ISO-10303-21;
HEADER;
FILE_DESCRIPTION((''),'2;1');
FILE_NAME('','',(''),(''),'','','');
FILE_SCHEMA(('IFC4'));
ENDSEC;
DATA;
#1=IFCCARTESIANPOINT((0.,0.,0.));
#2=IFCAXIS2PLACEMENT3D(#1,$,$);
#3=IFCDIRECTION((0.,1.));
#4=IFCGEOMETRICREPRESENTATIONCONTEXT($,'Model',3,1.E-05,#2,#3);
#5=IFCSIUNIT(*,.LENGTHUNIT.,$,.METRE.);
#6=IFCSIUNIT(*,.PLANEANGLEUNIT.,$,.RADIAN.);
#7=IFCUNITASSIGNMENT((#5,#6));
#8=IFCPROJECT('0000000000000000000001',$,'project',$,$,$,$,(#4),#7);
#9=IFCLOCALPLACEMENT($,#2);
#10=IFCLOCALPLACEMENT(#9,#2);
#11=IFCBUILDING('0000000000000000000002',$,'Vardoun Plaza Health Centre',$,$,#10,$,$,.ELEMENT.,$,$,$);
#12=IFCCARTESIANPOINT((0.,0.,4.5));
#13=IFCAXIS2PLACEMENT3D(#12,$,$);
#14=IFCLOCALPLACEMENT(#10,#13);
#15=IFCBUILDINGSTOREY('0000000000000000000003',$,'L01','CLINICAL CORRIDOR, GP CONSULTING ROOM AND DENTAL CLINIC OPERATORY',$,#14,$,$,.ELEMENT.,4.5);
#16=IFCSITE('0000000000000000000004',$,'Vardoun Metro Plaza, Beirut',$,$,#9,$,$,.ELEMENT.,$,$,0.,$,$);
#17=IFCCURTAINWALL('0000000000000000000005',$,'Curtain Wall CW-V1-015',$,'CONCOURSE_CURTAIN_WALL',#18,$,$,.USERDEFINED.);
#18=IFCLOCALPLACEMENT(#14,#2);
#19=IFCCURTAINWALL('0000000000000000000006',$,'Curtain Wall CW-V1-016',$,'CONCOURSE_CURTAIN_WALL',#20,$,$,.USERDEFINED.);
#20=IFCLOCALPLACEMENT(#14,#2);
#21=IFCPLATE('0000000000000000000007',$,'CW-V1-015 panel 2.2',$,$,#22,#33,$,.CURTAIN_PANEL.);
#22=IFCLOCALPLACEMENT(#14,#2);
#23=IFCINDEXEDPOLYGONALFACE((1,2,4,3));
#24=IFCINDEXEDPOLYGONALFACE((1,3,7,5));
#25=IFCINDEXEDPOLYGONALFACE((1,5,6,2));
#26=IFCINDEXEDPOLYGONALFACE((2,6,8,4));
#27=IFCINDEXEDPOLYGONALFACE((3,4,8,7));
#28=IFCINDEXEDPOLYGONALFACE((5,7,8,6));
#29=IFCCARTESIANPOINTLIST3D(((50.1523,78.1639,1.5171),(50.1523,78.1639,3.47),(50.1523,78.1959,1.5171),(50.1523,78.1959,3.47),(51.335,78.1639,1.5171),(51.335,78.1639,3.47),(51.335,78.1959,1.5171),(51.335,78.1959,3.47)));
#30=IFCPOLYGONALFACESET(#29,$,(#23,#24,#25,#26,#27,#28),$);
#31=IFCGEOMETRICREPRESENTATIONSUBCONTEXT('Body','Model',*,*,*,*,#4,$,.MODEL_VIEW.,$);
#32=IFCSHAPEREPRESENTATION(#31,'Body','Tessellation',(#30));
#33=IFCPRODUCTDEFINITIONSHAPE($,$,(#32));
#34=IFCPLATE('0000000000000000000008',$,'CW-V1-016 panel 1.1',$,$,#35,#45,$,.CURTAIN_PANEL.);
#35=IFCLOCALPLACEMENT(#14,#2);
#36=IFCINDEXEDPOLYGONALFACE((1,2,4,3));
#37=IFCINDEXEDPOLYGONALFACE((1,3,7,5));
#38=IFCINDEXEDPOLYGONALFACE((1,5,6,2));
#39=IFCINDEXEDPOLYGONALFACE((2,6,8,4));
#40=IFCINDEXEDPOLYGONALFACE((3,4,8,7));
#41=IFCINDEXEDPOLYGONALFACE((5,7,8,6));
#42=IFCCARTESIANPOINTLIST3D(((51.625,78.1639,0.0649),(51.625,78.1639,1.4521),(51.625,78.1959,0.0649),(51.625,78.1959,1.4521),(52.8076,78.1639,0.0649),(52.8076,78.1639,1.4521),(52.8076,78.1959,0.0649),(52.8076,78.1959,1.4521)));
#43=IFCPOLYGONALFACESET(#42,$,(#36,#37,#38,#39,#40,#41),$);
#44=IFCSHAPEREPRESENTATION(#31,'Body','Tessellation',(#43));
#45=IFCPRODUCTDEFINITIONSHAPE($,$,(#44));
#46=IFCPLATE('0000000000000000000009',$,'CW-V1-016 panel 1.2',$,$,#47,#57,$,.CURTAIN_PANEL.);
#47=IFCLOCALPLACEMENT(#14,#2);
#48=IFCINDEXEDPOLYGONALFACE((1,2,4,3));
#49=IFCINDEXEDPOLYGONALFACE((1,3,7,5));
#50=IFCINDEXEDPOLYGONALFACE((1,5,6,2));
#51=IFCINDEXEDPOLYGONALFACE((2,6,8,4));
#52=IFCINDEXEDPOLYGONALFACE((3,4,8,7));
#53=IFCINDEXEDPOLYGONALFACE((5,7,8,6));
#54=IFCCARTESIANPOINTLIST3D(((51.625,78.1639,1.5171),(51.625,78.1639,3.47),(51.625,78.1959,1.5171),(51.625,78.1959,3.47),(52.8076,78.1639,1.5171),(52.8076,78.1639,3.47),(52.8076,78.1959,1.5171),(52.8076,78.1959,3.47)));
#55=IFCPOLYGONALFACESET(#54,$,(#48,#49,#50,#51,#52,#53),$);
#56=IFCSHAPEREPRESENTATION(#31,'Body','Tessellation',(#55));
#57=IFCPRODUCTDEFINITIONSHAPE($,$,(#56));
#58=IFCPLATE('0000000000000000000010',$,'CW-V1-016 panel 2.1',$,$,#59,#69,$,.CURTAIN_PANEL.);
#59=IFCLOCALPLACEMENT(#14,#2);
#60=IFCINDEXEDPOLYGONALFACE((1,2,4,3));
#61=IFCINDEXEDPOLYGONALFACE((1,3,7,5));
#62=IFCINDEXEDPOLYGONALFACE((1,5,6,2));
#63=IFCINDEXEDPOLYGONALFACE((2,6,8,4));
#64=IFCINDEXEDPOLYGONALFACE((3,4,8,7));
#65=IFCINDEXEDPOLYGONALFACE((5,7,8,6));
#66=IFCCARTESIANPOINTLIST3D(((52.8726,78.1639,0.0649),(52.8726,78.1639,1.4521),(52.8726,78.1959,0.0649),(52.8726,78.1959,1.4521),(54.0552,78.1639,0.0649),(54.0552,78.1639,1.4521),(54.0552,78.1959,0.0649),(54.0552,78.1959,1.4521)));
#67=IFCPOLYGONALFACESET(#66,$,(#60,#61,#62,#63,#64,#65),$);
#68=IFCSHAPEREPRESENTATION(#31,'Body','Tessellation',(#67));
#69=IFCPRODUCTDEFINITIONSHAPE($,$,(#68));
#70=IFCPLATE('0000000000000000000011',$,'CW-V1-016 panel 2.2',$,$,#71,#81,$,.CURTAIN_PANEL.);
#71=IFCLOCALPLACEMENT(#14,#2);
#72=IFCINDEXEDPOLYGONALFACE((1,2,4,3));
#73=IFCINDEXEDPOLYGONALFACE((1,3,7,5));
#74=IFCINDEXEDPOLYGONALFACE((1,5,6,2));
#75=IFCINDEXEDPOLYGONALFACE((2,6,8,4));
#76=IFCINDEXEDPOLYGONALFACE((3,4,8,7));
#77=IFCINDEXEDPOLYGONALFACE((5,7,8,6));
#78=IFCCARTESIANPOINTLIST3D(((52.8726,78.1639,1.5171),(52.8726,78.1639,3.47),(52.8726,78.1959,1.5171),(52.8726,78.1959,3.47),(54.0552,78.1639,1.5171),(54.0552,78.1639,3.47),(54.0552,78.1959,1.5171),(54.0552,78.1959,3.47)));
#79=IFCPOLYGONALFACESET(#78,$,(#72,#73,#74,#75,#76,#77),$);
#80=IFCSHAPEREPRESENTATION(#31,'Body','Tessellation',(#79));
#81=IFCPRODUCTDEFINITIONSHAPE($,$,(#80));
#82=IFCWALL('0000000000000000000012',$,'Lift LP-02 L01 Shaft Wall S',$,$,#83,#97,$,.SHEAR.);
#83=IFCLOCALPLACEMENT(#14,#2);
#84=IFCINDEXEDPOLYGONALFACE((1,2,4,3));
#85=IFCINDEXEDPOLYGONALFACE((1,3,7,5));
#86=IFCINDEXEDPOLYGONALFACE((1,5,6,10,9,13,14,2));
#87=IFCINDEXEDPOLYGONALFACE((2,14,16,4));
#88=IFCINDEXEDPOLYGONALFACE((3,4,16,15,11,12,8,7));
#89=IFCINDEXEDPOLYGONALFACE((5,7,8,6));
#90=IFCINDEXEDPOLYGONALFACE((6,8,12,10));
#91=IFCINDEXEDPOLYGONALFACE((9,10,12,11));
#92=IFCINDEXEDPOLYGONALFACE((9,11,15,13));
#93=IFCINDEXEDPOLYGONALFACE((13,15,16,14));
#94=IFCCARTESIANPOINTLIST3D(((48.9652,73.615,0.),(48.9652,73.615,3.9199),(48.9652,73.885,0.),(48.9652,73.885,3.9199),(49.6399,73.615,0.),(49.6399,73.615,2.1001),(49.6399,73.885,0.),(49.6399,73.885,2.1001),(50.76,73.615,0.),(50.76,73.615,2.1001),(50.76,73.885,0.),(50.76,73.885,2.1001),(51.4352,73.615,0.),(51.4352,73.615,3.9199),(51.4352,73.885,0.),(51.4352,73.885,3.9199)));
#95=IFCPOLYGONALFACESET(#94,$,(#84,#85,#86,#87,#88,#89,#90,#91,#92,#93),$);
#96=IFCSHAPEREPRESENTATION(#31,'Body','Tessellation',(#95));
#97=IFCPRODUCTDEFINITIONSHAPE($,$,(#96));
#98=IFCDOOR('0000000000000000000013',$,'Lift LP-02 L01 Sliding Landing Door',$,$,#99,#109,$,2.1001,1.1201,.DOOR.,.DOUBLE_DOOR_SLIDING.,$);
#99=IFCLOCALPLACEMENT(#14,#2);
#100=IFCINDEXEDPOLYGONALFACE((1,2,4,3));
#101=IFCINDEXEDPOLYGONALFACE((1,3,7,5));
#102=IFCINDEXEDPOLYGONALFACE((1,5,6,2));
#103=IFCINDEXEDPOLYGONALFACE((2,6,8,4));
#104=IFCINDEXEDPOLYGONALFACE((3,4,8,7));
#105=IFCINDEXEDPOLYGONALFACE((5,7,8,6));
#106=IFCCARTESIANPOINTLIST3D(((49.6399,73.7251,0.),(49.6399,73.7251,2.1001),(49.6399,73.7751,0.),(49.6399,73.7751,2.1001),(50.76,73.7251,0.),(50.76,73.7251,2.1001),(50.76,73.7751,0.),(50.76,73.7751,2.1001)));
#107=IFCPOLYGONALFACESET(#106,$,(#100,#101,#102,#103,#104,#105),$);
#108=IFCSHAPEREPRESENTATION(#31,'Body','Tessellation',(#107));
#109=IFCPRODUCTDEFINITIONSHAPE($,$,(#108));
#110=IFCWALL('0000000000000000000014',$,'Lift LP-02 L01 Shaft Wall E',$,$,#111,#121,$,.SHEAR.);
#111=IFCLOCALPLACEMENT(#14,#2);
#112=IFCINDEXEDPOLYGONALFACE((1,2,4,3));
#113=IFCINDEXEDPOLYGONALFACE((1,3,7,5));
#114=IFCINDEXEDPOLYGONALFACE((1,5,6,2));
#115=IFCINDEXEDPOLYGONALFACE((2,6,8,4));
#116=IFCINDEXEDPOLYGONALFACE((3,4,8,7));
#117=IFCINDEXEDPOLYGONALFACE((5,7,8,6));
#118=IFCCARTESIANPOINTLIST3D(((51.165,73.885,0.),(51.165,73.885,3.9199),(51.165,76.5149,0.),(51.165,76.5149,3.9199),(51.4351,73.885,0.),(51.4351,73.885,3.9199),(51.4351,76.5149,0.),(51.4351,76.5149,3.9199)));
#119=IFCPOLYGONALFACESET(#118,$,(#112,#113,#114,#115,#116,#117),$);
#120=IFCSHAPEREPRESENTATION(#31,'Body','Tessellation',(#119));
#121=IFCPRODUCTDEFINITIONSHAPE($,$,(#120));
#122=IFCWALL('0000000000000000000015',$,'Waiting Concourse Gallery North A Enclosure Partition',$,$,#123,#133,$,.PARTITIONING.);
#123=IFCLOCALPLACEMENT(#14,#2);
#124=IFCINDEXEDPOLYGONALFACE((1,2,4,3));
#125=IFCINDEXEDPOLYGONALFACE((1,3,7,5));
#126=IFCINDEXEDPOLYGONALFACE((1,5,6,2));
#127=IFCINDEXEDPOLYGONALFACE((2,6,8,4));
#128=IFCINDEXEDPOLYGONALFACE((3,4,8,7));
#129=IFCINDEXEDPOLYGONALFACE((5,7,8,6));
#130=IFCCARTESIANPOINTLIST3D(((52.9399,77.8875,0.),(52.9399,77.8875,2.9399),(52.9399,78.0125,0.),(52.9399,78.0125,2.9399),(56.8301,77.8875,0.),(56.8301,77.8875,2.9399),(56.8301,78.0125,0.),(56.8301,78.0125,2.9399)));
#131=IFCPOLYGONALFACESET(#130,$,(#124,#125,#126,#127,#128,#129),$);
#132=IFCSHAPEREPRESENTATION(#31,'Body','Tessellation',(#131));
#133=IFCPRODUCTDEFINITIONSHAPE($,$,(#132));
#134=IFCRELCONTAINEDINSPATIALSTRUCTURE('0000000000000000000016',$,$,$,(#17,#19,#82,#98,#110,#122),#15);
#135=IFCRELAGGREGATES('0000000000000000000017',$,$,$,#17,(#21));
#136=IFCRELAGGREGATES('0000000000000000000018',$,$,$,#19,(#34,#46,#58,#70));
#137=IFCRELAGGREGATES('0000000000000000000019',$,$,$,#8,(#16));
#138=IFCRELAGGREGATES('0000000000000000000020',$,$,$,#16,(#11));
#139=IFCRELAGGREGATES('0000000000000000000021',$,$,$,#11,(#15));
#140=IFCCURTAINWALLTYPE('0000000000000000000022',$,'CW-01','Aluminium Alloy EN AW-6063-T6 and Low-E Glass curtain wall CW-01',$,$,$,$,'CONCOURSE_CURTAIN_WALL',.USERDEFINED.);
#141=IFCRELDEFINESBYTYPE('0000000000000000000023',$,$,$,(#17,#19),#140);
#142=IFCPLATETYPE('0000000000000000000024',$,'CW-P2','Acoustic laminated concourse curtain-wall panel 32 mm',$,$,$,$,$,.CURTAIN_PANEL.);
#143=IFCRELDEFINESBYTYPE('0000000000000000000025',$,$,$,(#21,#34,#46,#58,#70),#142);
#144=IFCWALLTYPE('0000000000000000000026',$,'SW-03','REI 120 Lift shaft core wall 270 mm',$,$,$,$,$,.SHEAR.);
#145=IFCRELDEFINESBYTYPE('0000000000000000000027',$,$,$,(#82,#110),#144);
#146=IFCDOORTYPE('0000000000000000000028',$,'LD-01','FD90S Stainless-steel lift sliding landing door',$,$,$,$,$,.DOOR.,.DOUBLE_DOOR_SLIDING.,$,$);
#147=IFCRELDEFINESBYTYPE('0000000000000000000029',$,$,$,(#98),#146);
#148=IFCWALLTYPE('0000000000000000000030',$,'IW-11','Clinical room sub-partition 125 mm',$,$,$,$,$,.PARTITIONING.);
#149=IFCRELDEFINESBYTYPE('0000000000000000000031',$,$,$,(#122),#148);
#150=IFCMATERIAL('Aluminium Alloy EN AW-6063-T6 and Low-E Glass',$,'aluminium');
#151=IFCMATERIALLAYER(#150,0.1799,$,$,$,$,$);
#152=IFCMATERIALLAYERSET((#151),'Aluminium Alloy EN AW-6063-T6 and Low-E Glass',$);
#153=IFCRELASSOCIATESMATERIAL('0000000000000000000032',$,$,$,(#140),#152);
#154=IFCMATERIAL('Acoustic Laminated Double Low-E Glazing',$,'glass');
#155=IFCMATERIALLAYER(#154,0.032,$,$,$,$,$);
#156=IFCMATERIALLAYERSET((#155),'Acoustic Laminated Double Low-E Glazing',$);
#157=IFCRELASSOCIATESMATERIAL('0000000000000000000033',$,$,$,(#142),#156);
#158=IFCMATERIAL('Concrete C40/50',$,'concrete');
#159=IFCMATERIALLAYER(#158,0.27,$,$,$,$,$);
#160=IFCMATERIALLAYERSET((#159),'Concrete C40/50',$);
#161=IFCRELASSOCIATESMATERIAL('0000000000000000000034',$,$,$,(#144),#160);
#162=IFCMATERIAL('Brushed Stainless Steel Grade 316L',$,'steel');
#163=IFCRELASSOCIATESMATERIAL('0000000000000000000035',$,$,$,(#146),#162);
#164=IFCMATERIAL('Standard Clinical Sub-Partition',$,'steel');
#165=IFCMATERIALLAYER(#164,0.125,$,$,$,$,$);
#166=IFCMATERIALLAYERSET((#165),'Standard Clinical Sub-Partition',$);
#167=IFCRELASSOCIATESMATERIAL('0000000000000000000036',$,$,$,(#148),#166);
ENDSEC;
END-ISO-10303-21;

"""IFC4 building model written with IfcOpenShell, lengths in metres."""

from ifc_helpers import new_model, si_unit, direction, frame, frame_2d, origin, origin_2d, place, context, subcontext, project, spatial, rectangle, extrude, material, layer, layer_set, type_object, element, fill, aggregate, save


model = new_model("IFC4")

# Units and contexts
model_context = context("Model", 3, precision=1e-05, world=origin(), true_north=direction((0.0, 1.0)))
body_context = subcontext(model_context, "Body", "Model", "MODEL_VIEW")
ifc_project = project(units=[si_unit("LENGTHUNIT", "METRE"), si_unit("PLANEANGLEUNIT", "RADIAN")], contexts=[model_context])

# Site, building, storey
site_placement = place(None, origin())
site = spatial("IfcSite", under=ifc_project, at=site_placement, Name="Vardoun Metro Plaza, Beirut", CompositionType="ELEMENT", RefElevation=0.0)
building_placement = place(site_placement, origin())
building = spatial("IfcBuilding", under=site, at=building_placement, Name="Vardoun Plaza Health Centre", CompositionType="ELEMENT")
storey_placement = place(building_placement, frame((0.0, 0.0, 4.5)))
storey = spatial("IfcBuildingStorey", under=building, at=storey_placement, Name="L01", Description="CLINICAL CORRIDOR, GP CONSULTING ROOM AND DENTAL CLINIC OPERATORY", CompositionType="ELEMENT", Elevation=4.5)

# Curtain wall
ifc_material_1 = material(Name="Aluminium Alloy EN AW-6063-T6 and Low-E Glass", Category="aluminium")
ifc_layer_1 = layer(ifc_material_1, 0.1799)
ifc_layer_set_1 = layer_set([ifc_layer_1], Name="Aluminium Alloy EN AW-6063-T6 and Low-E Glass")
curtain_wall_type = type_object("IfcCurtainWallType", Name="CW-01", Description="Aluminium Alloy EN AW-6063-T6 and Low-E Glass curtain wall CW-01", ElementType="CONCOURSE_CURTAIN_WALL", PredefinedType="USERDEFINED", material=ifc_layer_set_1)
curtain_wall_1_placement = place(storey_placement, origin())
curtain_wall_1 = element("IfcCurtainWall", 1, at=curtain_wall_1_placement, inside=storey, type_object=curtain_wall_type, Name="Curtain Wall CW-V1-015", ObjectType="CONCOURSE_CURTAIN_WALL", PredefinedType="USERDEFINED")

# Curtain wall
curtain_wall_2_placement = place(storey_placement, origin())
curtain_wall_2 = element("IfcCurtainWall", 2, at=curtain_wall_2_placement, inside=storey, type_object=curtain_wall_type, Name="Curtain Wall CW-V1-016", ObjectType="CONCOURSE_CURTAIN_WALL", PredefinedType="USERDEFINED")

# Plates
ifc_material_2 = material(Name="Acoustic Laminated Double Low-E Glazing", Category="glass")
ifc_layer_2 = layer(ifc_material_2, 0.032)
ifc_layer_set_2 = layer_set([ifc_layer_2], Name="Acoustic Laminated Double Low-E Glazing")
plate_type = type_object("IfcPlateType", Name="CW-P2", Description="Acoustic laminated concourse curtain-wall panel 32 mm", PredefinedType="CURTAIN_PANEL", material=ifc_layer_set_2)
plate_1_placement = place(storey_placement, frame((50.7437, 78.1799, 1.5171), z_axis=(0.0, 0.0, 1.0), x_axis=(1.0, 0.0, 0.0)))
plate_1 = element("IfcPlate", 3, at=plate_1_placement, type_object=plate_type, Name="CW-V1-015 panel 2.2", PredefinedType="CURTAIN_PANEL", context=body_context, shape_type="SweptSolid", body=[
    extrude(rectangle(XDim=1.1826, YDim=0.032, at=origin_2d()), origin(), (0.0, 0.0, 1.0), 1.9529),
])
aggregate(curtain_wall_1, [plate_1])
plate_2_placement = place(storey_placement, frame((52.2163, 78.1799, 0.0649), z_axis=(0.0, 0.0, 1.0), x_axis=(1.0, 0.0, 0.0)))
plate_2 = element("IfcPlate", 4, at=plate_2_placement, type_object=plate_type, Name="CW-V1-016 panel 1.1", PredefinedType="CURTAIN_PANEL", context=body_context, shape_type="SweptSolid", body=[
    extrude(rectangle(XDim=1.1826, YDim=0.032, at=origin_2d()), origin(), (0.0, 0.0, 1.0), 1.3872),
])
plate_3_placement = place(storey_placement, frame((52.2163, 78.1799, 1.5171), z_axis=(0.0, 0.0, 1.0), x_axis=(1.0, 0.0, 0.0)))
plate_3 = element("IfcPlate", 5, at=plate_3_placement, type_object=plate_type, Name="CW-V1-016 panel 1.2", PredefinedType="CURTAIN_PANEL", context=body_context, shape_type="SweptSolid", body=[
    extrude(rectangle(XDim=1.1826, YDim=0.032, at=origin_2d()), origin(), (0.0, 0.0, 1.0), 1.9529),
])
plate_4_placement = place(storey_placement, frame((53.4639, 78.1799, 0.0649), z_axis=(0.0, 0.0, 1.0), x_axis=(1.0, 0.0, 0.0)))
plate_4 = element("IfcPlate", 6, at=plate_4_placement, type_object=plate_type, Name="CW-V1-016 panel 2.1", PredefinedType="CURTAIN_PANEL", context=body_context, shape_type="SweptSolid", body=[
    extrude(rectangle(XDim=1.1826, YDim=0.032, at=origin_2d()), origin(), (0.0, 0.0, 1.0), 1.3872),
])
plate_5_placement = place(storey_placement, frame((53.4639, 78.1799, 1.5171), z_axis=(0.0, 0.0, 1.0), x_axis=(1.0, 0.0, 0.0)))
plate_5 = element("IfcPlate", 7, at=plate_5_placement, type_object=plate_type, Name="CW-V1-016 panel 2.2", PredefinedType="CURTAIN_PANEL", context=body_context, shape_type="SweptSolid", body=[
    extrude(rectangle(XDim=1.1826, YDim=0.032, at=origin_2d()), origin(), (0.0, 0.0, 1.0), 1.9529),
])
aggregate(curtain_wall_2, [plate_2, plate_3, plate_4, plate_5])

# Wall, opening, door
ifc_material_3 = material(Name="Concrete C40/50", Category="concrete")
ifc_layer_3 = layer(ifc_material_3, 0.27)
ifc_layer_set_3 = layer_set([ifc_layer_3], Name="Concrete C40/50")
wall_type_1 = type_object("IfcWallType", Name="SW-03", Description="REI 120 Lift shaft core wall 270 mm", PredefinedType="SHEAR", material=ifc_layer_set_3)
wall_1_placement = place(storey_placement, frame((51.4351, 73.75, 0.0), z_axis=(0.0, 0.0, 1.0), x_axis=(-1.0, 0.0, 0.0)))
wall_1 = element("IfcWall", 8, at=wall_1_placement, inside=storey, type_object=wall_type_1, Name="Lift LP-02 L01 Shaft Wall S", PredefinedType="SHEAR", context=body_context, shape_type="SweptSolid", body=[
    extrude(rectangle(XDim=2.47, YDim=0.27, at=frame_2d((1.2349, 0.0))), origin(), (0.0, 0.0, 1.0), 3.9199),
])
opening_placement = place(wall_1_placement, frame((0.675, 0.0, 0.0)))
opening = element("IfcOpeningElement", 9, at=opening_placement, cuts=wall_1, PredefinedType="OPENING", context=body_context, shape_type="SweptSolid", body=[
    extrude(rectangle(XDim=1.1201, YDim=2.1001, at=frame_2d((0.5601, 1.05))), frame((0.0, 0.135, 0.0), z_axis=(0.0, -1.0, 0.0), x_axis=(1.0, 0.0, 0.0)), (0.0, 0.0, 1.0), 0.27),
])
ifc_material_4 = material(Name="Brushed Stainless Steel Grade 316L", Category="steel")
door_type = type_object("IfcDoorType", Name="LD-01", Description="FD90S Stainless-steel lift sliding landing door", OperationType="DOUBLE_DOOR_SLIDING", PredefinedType="DOOR", material=ifc_material_4)
door_placement = place(opening_placement, origin())
door = element("IfcDoor", 10, at=door_placement, inside=storey, type_object=door_type, Name="Lift LP-02 L01 Sliding Landing Door", OperationType="DOUBLE_DOOR_SLIDING", OverallHeight=2.1001, OverallWidth=1.1201, PredefinedType="DOOR", context=body_context, shape_type="SweptSolid", body=[
    extrude(rectangle(XDim=1.1201, YDim=2.1001, at=frame_2d((0.5601, 1.05))), frame((0.0, 0.0249, 0.0), z_axis=(0.0, -1.0, 0.0), x_axis=(1.0, 0.0, 0.0)), (0.0, 0.0, 1.0), 0.05),
])
fill(opening, door)

# Walls
wall_2_placement = place(storey_placement, frame((51.3, 76.5149, 0.0), z_axis=(0.0, 0.0, 1.0), x_axis=(0.0, -1.0, 0.0)))
element("IfcWall", 11, at=wall_2_placement, inside=storey, type_object=wall_type_1, Name="Lift LP-02 L01 Shaft Wall E", PredefinedType="SHEAR", context=body_context, shape_type="SweptSolid", body=[
    extrude(rectangle(XDim=2.6299, YDim=0.27, at=frame_2d((1.3149, 0.0))), origin(), (0.0, 0.0, 1.0), 3.9199),
])
ifc_material_5 = material(Name="Standard Clinical Sub-Partition", Category="steel")
ifc_layer_4 = layer(ifc_material_5, 0.125)
ifc_layer_set_4 = layer_set([ifc_layer_4], Name="Standard Clinical Sub-Partition")
wall_type_2 = type_object("IfcWallType", Name="IW-11", Description="Clinical room sub-partition 125 mm", PredefinedType="PARTITIONING", material=ifc_layer_set_4)
wall_3_placement = place(storey_placement, frame((52.9399, 77.95, 0.0), z_axis=(0.0, 0.0, 1.0), x_axis=(1.0, 0.0, 0.0)))
element("IfcWall", 12, at=wall_3_placement, inside=storey, type_object=wall_type_2, Name="Waiting Concourse Gallery North A Enclosure Partition", PredefinedType="PARTITIONING", context=body_context, shape_type="SweptSolid", body=[
    extrude(rectangle(XDim=3.8901, YDim=0.125, at=frame_2d((1.9451, 0.0))), origin(), (0.0, 0.0, 1.0), 2.9399),
])

save(model, "model.ifc")
